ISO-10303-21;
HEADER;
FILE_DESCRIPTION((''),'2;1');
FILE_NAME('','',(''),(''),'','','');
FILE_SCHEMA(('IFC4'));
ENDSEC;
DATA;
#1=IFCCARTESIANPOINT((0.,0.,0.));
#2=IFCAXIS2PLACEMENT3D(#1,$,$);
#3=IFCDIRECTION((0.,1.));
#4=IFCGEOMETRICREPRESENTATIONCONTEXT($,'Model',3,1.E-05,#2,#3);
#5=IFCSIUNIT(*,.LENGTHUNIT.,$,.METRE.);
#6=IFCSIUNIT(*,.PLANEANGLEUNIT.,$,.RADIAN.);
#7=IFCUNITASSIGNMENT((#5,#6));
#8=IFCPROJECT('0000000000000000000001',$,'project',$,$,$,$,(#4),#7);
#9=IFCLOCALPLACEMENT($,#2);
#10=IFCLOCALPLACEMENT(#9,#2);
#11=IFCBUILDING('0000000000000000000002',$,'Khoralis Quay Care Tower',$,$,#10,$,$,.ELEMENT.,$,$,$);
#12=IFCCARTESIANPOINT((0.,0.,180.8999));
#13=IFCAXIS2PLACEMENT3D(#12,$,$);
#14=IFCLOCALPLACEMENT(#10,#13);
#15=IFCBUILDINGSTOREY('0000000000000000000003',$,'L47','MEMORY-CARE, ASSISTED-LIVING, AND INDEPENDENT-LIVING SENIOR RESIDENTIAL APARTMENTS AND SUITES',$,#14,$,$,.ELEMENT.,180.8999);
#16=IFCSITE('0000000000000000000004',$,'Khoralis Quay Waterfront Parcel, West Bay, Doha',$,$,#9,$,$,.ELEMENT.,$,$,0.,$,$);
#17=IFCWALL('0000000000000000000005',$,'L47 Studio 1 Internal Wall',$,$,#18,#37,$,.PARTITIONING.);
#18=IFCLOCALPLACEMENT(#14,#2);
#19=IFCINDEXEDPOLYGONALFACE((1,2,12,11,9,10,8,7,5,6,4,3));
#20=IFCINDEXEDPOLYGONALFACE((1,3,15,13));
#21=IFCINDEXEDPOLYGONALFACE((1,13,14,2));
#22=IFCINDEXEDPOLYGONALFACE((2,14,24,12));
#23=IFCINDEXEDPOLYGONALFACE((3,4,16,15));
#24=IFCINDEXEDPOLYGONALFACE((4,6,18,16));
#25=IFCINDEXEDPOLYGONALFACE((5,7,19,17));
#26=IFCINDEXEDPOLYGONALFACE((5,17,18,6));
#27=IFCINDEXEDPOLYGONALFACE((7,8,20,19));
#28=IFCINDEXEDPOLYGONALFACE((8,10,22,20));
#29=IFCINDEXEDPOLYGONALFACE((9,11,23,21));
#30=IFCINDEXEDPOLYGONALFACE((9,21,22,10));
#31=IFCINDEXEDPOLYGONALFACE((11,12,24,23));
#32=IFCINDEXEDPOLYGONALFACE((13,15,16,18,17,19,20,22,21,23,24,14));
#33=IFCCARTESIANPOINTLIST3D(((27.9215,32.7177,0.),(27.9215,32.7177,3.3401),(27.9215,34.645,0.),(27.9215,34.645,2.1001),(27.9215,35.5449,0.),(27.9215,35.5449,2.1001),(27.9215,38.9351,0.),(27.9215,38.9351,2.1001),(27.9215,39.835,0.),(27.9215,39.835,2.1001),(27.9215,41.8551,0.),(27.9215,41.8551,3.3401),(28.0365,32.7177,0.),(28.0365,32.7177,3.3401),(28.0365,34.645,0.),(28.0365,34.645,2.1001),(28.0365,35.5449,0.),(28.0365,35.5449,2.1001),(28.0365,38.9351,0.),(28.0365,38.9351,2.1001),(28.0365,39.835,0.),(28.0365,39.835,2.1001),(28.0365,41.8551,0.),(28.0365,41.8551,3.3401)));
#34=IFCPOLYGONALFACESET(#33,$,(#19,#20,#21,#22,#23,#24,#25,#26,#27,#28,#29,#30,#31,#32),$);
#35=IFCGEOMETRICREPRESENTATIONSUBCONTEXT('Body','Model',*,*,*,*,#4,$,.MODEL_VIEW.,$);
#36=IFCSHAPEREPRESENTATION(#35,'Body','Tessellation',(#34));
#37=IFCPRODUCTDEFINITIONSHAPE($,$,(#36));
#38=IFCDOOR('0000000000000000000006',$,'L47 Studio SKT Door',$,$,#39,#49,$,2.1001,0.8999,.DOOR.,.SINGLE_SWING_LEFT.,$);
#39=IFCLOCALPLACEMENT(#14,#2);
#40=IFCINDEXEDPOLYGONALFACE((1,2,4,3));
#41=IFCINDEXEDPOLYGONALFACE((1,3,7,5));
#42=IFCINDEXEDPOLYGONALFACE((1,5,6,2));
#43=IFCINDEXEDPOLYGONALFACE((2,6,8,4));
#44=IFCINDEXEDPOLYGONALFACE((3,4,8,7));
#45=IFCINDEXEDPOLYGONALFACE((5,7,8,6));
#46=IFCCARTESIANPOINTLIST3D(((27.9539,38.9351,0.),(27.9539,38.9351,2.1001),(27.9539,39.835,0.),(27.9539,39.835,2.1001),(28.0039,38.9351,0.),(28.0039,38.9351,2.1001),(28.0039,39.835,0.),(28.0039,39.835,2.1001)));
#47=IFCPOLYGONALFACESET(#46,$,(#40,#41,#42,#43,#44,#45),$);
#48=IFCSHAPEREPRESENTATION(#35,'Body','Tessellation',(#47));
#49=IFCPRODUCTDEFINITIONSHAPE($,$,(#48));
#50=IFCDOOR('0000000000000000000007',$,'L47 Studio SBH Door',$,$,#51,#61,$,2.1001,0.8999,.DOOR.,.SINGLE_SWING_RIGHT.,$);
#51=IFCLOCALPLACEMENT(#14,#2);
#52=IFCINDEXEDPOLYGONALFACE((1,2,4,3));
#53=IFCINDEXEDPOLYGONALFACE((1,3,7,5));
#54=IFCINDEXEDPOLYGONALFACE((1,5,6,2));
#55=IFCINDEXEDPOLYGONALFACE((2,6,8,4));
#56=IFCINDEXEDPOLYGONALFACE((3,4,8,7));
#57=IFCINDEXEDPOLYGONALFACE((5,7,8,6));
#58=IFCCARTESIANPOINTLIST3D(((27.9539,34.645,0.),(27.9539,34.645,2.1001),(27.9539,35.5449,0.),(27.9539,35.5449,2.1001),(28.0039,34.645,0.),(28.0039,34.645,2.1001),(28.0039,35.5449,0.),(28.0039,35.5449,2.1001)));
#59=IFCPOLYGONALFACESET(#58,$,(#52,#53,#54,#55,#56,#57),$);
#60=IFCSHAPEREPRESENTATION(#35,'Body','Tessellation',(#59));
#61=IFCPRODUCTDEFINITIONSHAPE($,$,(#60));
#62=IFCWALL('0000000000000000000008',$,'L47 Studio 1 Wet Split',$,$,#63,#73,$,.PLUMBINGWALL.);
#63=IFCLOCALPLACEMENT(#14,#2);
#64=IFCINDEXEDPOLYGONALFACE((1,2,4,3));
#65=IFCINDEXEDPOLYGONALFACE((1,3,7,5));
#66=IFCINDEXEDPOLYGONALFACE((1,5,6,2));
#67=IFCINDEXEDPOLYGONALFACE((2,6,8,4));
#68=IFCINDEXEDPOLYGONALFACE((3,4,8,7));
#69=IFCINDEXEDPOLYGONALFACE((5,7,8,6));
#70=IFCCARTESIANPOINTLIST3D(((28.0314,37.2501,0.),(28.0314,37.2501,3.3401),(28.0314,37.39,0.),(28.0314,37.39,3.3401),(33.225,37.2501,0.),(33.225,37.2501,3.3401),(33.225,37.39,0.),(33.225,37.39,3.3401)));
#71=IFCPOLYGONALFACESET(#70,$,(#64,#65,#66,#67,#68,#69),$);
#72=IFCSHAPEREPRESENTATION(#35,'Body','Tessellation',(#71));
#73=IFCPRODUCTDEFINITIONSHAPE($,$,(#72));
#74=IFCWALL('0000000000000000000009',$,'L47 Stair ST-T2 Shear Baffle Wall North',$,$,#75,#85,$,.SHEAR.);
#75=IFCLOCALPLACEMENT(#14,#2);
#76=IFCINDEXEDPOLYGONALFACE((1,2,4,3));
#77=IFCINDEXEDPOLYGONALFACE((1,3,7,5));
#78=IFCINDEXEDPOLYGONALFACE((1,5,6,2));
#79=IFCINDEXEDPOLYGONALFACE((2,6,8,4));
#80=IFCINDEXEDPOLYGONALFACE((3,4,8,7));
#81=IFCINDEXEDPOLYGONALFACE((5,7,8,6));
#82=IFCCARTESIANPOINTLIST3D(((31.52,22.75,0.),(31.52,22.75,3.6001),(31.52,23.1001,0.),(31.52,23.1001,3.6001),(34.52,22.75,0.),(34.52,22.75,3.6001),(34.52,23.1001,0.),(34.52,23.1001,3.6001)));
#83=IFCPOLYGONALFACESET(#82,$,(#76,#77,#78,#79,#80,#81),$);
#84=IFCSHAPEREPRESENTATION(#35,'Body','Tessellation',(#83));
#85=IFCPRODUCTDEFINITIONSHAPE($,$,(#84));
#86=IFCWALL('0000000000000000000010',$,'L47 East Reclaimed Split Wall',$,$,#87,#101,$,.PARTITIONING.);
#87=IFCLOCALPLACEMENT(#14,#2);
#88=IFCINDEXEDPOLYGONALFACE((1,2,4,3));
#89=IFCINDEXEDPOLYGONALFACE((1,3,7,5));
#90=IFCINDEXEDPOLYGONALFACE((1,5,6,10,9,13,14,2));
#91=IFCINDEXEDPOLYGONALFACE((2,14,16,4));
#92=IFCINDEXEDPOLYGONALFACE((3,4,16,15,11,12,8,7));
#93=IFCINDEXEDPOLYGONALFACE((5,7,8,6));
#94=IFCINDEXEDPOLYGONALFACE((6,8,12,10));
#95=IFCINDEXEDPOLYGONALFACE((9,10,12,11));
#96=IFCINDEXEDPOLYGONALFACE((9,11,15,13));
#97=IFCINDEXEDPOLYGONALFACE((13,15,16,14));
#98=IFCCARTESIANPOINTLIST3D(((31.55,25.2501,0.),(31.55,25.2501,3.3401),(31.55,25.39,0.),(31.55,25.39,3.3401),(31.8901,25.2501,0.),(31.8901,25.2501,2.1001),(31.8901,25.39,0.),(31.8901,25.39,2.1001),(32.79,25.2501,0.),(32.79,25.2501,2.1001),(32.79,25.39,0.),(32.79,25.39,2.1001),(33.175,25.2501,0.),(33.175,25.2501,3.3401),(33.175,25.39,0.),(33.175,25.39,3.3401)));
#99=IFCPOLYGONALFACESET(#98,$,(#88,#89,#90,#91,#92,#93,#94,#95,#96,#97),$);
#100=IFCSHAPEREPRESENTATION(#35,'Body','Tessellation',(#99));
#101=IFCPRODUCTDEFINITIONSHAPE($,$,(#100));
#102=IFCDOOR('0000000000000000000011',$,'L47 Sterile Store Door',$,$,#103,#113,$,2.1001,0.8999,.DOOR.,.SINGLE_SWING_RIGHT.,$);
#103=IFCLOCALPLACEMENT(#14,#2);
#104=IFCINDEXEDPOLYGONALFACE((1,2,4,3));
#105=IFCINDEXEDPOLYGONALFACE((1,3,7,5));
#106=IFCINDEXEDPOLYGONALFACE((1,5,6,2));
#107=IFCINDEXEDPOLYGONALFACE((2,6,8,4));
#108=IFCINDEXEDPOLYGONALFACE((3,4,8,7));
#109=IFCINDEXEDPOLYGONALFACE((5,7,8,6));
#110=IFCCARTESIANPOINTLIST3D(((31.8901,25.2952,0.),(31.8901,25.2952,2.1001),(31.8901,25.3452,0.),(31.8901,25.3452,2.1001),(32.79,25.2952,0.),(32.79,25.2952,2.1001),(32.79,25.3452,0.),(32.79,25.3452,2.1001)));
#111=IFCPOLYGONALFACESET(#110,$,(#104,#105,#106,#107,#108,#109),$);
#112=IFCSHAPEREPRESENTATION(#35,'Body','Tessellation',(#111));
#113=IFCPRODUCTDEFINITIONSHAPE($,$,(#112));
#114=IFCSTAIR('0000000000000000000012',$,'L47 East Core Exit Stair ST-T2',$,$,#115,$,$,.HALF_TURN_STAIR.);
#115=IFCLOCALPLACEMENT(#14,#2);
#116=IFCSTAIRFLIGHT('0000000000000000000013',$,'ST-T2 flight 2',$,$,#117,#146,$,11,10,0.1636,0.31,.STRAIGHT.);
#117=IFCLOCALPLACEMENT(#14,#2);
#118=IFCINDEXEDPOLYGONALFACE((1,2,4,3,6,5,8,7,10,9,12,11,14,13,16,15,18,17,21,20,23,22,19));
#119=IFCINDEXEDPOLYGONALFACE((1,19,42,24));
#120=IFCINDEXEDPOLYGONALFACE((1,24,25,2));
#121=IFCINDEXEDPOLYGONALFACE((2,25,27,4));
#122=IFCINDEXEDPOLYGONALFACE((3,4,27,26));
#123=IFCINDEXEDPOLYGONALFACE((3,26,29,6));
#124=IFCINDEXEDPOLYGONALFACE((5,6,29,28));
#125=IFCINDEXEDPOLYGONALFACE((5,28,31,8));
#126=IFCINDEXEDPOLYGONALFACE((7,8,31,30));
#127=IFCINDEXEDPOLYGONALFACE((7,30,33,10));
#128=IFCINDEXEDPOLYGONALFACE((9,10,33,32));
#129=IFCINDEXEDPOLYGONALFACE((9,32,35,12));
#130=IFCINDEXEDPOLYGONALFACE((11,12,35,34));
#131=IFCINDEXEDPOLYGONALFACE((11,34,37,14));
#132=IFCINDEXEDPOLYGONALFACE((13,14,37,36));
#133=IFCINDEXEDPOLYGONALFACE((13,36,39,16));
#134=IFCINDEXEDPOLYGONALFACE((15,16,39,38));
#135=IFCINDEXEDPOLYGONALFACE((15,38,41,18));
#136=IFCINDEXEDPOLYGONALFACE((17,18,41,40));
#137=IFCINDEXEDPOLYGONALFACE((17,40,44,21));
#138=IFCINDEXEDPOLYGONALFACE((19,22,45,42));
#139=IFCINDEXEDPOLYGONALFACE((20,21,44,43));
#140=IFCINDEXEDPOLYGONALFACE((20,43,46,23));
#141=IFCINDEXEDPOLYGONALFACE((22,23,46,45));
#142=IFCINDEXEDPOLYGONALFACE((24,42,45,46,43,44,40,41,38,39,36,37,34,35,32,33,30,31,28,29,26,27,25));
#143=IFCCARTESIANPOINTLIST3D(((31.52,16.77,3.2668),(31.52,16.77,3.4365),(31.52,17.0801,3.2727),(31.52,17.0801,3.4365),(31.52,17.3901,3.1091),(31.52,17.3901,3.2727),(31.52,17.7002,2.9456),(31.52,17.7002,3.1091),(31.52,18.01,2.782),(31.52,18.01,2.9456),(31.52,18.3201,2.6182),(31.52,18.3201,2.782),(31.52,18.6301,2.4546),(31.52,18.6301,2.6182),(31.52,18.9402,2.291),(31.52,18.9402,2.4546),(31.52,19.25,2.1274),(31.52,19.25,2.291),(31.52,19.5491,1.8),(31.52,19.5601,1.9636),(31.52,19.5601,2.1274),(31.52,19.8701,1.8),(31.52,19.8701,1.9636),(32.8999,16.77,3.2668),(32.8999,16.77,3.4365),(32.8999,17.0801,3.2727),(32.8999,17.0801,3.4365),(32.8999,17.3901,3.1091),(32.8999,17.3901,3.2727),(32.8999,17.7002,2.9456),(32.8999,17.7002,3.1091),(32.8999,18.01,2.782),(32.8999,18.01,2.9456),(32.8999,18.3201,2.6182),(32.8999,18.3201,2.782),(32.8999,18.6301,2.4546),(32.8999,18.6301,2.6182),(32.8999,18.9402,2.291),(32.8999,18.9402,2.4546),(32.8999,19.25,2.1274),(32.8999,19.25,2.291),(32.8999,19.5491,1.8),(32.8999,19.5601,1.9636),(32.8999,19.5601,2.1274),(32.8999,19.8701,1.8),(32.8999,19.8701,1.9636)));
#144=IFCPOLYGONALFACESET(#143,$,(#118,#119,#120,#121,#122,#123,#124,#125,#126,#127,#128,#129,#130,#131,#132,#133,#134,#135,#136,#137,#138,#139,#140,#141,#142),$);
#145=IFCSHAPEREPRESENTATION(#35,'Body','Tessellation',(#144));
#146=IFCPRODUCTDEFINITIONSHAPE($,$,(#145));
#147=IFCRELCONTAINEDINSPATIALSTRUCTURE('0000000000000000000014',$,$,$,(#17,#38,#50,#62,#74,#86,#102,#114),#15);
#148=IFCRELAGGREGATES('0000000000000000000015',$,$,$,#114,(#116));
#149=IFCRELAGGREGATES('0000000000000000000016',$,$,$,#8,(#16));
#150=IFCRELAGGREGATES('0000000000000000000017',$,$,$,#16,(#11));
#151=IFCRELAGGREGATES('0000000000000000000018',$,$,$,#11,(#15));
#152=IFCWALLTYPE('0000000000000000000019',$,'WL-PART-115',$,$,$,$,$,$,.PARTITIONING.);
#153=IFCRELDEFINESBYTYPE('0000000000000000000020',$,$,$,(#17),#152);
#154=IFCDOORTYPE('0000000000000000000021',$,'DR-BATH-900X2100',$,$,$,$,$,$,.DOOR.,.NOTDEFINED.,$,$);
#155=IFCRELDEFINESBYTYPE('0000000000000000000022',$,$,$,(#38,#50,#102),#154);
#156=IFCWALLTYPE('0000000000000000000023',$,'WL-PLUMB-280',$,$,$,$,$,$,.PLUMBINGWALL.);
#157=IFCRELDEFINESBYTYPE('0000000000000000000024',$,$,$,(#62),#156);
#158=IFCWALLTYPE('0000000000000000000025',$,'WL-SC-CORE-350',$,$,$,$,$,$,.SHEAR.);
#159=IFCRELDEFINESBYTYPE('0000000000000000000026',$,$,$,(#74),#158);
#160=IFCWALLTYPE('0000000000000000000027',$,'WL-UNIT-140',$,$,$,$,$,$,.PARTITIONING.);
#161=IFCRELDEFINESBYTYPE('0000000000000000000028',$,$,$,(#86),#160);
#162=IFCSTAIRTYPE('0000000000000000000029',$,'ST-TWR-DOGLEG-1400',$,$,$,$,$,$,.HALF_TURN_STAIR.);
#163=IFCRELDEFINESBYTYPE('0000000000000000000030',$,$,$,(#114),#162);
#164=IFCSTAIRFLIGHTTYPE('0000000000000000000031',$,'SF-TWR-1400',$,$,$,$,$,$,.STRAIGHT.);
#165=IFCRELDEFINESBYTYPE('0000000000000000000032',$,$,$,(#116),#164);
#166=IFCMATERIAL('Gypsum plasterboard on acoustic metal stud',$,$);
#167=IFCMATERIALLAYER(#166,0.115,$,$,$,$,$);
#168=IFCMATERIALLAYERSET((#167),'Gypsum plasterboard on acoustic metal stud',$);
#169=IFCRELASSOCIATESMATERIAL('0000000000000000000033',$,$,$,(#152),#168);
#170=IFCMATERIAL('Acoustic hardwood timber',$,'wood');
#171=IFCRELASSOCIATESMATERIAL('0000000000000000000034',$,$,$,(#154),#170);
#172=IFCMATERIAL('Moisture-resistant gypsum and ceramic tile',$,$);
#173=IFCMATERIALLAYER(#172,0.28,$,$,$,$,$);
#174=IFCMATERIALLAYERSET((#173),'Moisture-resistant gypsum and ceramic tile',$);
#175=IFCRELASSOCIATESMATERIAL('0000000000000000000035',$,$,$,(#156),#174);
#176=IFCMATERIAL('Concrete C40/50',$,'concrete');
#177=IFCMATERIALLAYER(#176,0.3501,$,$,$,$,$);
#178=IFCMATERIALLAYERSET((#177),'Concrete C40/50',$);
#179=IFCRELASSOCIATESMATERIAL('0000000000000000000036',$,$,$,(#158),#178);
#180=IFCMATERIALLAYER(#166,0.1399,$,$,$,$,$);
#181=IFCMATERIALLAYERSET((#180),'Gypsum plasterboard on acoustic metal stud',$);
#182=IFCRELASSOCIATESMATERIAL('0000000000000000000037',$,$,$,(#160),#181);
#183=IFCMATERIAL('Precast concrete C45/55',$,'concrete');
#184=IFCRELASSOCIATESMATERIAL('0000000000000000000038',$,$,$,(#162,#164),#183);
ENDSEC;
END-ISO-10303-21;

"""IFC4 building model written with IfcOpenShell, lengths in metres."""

from ifc_helpers import new_model, si_unit, direction, frame, frame_2d, origin, place, context, subcontext, project, spatial, polyline, rectangle, outline, extrude, source, transform, mapped, material, layer, layer_set, type_object, element, fill, aggregate, save


model = new_model("IFC4")

# Units and contexts
model_context = context("Model", 3, precision=1e-05, world=origin(), true_north=direction((0.0, 1.0)))
body_context = subcontext(model_context, "Body", "Model", "MODEL_VIEW")
ifc_project = project(units=[si_unit("LENGTHUNIT", "METRE"), si_unit("PLANEANGLEUNIT", "RADIAN")], contexts=[model_context])

# Site, building, storey
site_placement = place(None, origin())
site = spatial("IfcSite", under=ifc_project, at=site_placement, Name="Khoralis Quay Waterfront Parcel, West Bay, Doha", CompositionType="ELEMENT", RefElevation=0.0)
building_placement = place(site_placement, origin())
building = spatial("IfcBuilding", under=site, at=building_placement, Name="Khoralis Quay Care Tower", CompositionType="ELEMENT")
storey_placement = place(building_placement, frame((0.0, 0.0, 180.8999)))
storey = spatial("IfcBuildingStorey", under=building, at=storey_placement, Name="L47", Description="MEMORY-CARE, ASSISTED-LIVING, AND INDEPENDENT-LIVING SENIOR RESIDENTIAL APARTMENTS AND SUITES", CompositionType="ELEMENT", Elevation=180.8999)

# Shared definitions
ifc_material_1 = material(Name="Acoustic hardwood timber", Category="wood")

# Shared definitions
ifc_material_2 = material(Name="Gypsum plasterboard on acoustic metal stud")

# Wall, openings, doors
ifc_layer_1 = layer(ifc_material_2, 0.115)
ifc_layer_set_1 = layer_set([ifc_layer_1], Name="Gypsum plasterboard on acoustic metal stud")
wall_type_1 = type_object("IfcWallType", Name="WL-PART-115", PredefinedType="PARTITIONING", material=ifc_layer_set_1)
wall_1_placement = place(storey_placement, frame((27.979, 32.7175, 0.0), z_axis=(0.0, 0.0, 1.0), x_axis=(0.0, 1.0, 0.0)))
wall_1 = element("IfcWall", 1, at=wall_1_placement, inside=storey, type_object=wall_type_1, Name="L47 Studio 1 Internal Wall", PredefinedType="PARTITIONING", context=body_context, shape_type="SweptSolid", body=[
    extrude(rectangle(XDim=9.1375, YDim=0.115, at=frame_2d((4.5688, 0.0))), origin(), (0.0, 0.0, 1.0), 3.3401),
])
opening_1_placement = place(wall_1_placement, frame((6.2175, 0.0, 0.0)))
opening_1 = element("IfcOpeningElement", 2, at=opening_1_placement, cuts=wall_1, PredefinedType="OPENING", context=body_context, shape_type="SweptSolid", body=[
    extrude(rectangle(XDim=0.8999, YDim=2.1001, at=frame_2d((0.45, 1.05))), frame((0.0, 0.0674, 0.0), z_axis=(0.0, -1.0, 0.0), x_axis=(1.0, 0.0, 0.0)), (0.0, 0.0, 1.0), 0.135),
])
opening_2_placement = place(wall_1_placement, frame((1.9275, 0.0, 0.0)))
opening_2 = element("IfcOpeningElement", 3, at=opening_2_placement, cuts=wall_1, PredefinedType="OPENING", context=body_context, shape_type="SweptSolid", body=[
    extrude(rectangle(XDim=0.8999, YDim=2.1001, at=frame_2d((0.45, 1.05))), frame((0.0, 0.0674, 0.0), z_axis=(0.0, -1.0, 0.0), x_axis=(1.0, 0.0, 0.0)), (0.0, 0.0, 1.0), 0.135),
])
door_type_1 = type_object("IfcDoorType", Name="DR-BATH-900X2100", OperationType="NOTDEFINED", PredefinedType="DOOR", material=ifc_material_1)
shared_shape_1 = source(origin(), body_context, "Body", "SweptSolid", [
    extrude(rectangle(XDim=0.8999, YDim=2.1001, at=frame_2d((0.45, 1.05))), frame((0.0, 0.0249, 0.0), z_axis=(0.0, -1.0, 0.0), x_axis=(1.0, 0.0, 0.0)), (0.0, 0.0, 1.0), 0.05),
])
door_1_placement = place(opening_1_placement, frame((0.8999, 0.0, 0.0), z_axis=(0.0, 0.0, 1.0), x_axis=(-1.0, 0.0, 0.0)))
door_1 = element("IfcDoor", 4, at=door_1_placement, inside=storey, type_object=door_type_1, Name="L47 Studio SKT Door", OperationType="SINGLE_SWING_LEFT", OverallHeight=2.1001, OverallWidth=0.8999, PredefinedType="DOOR", context=body_context, shape_type="MappedRepresentation", body=[
    mapped(shared_shape_1, transform((0.0, 0.0, 0.0), scale=1.0)),
])
fill(opening_1, door_1)
door_2_placement = place(opening_2_placement, frame((0.8999, 0.0, 0.0), z_axis=(0.0, 0.0, 1.0), x_axis=(-1.0, 0.0, 0.0)))
door_2 = element("IfcDoor", 5, at=door_2_placement, inside=storey, type_object=door_type_1, Name="L47 Studio SBH Door", OperationType="SINGLE_SWING_RIGHT", OverallHeight=2.1001, OverallWidth=0.8999, PredefinedType="DOOR", context=body_context, shape_type="MappedRepresentation", body=[
    mapped(shared_shape_1, transform((0.0, 0.0, 0.0), scale=1.0)),
])
fill(opening_2, door_2)

# Walls
ifc_material_3 = material(Name="Moisture-resistant gypsum and ceramic tile")
ifc_layer_2 = layer(ifc_material_3, 0.28)
ifc_layer_set_2 = layer_set([ifc_layer_2], Name="Moisture-resistant gypsum and ceramic tile")
wall_type_2 = type_object("IfcWallType", Name="WL-PLUMB-280", PredefinedType="PLUMBINGWALL", material=ifc_layer_set_2)
wall_2_placement = place(storey_placement, frame((28.0315, 37.3201, 0.0), z_axis=(0.0, 0.0, 1.0), x_axis=(1.0, 0.0, 0.0)))
element("IfcWall", 6, at=wall_2_placement, inside=storey, type_object=wall_type_2, Name="L47 Studio 1 Wet Split", PredefinedType="PLUMBINGWALL", context=body_context, shape_type="SweptSolid", body=[
    extrude(rectangle(XDim=5.1936, YDim=0.1399, at=frame_2d((2.5967, 0.0))), origin(), (0.0, 0.0, 1.0), 3.3401),
])
ifc_material_4 = material(Name="Concrete C40/50", Category="concrete")
ifc_layer_3 = layer(ifc_material_4, 0.3501)
ifc_layer_set_3 = layer_set([ifc_layer_3], Name="Concrete C40/50")
wall_type_3 = type_object("IfcWallType", Name="WL-SC-CORE-350", PredefinedType="SHEAR", material=ifc_layer_set_3)
wall_3_placement = place(storey_placement, frame((31.52, 22.925, 0.0), z_axis=(0.0, 0.0, 1.0), x_axis=(1.0, 0.0, 0.0)))
element("IfcWall", 7, at=wall_3_placement, inside=storey, type_object=wall_type_3, Name="L47 Stair ST-T2 Shear Baffle Wall North", PredefinedType="SHEAR", context=body_context, shape_type="SweptSolid", body=[
    extrude(rectangle(XDim=3.0, YDim=0.3501, at=frame_2d((1.5, 0.0))), origin(), (0.0, 0.0, 1.0), 3.6001),
])

# Wall, opening, door
ifc_layer_4 = layer(ifc_material_2, 0.1399)
ifc_layer_set_4 = layer_set([ifc_layer_4], Name="Gypsum plasterboard on acoustic metal stud")
wall_type_4 = type_object("IfcWallType", Name="WL-UNIT-140", PredefinedType="PARTITIONING", material=ifc_layer_set_4)
wall_4_placement = place(storey_placement, frame((31.55, 25.3201, 0.0), z_axis=(0.0, 0.0, 1.0), x_axis=(1.0, 0.0, 0.0)))
wall_4 = element("IfcWall", 8, at=wall_4_placement, inside=storey, type_object=wall_type_4, Name="L47 East Reclaimed Split Wall", PredefinedType="PARTITIONING", context=body_context, shape_type="SweptSolid", body=[
    extrude(rectangle(XDim=1.625, YDim=0.1399, at=frame_2d((0.8125, 0.0))), origin(), (0.0, 0.0, 1.0), 3.3401),
])
opening_3_placement = place(wall_4_placement, frame((0.3401, 0.0, 0.0)))
opening_3 = element("IfcOpeningElement", 9, at=opening_3_placement, cuts=wall_4, PredefinedType="OPENING", context=body_context, shape_type="SweptSolid", body=[
    extrude(rectangle(XDim=0.8999, YDim=2.1001, at=frame_2d((0.45, 1.05))), frame((0.0, 0.0801, 0.0), z_axis=(0.0, -1.0, 0.0), x_axis=(1.0, 0.0, 0.0)), (0.0, 0.0, 1.0), 0.1599),
])
door_3_placement = place(opening_3_placement, frame((0.8999, 0.0, 0.0), z_axis=(0.0, 0.0, 1.0), x_axis=(-1.0, 0.0, 0.0)))
door_3 = element("IfcDoor", 10, at=door_3_placement, inside=storey, type_object=door_type_1, Name="L47 Sterile Store Door", OperationType="SINGLE_SWING_RIGHT", OverallHeight=2.1001, OverallWidth=0.8999, PredefinedType="DOOR", context=body_context, shape_type="MappedRepresentation", body=[
    mapped(shared_shape_1, transform((0.0, 0.0, 0.0), scale=1.0)),
])
fill(opening_3, door_3)

# Stair, stair flight
ifc_material_5 = material(Name="Precast concrete C45/55", Category="concrete")
stair_type = type_object("IfcStairType", Name="ST-TWR-DOGLEG-1400", PredefinedType="HALF_TURN_STAIR", material=ifc_material_5)
stair_placement = place(storey_placement, origin())
stair = element("IfcStair", 11, at=stair_placement, inside=storey, type_object=stair_type, Name="L47 East Core Exit Stair ST-T2", PredefinedType="HALF_TURN_STAIR")
stair_flight_type = type_object("IfcStairFlightType", Name="SF-TWR-1400", PredefinedType="STRAIGHT", material=ifc_material_5)
shared_shape_2 = source(origin(), body_context, "Body", "SweptSolid", [
    extrude(outline(polyline([(0.0, 0.0), (0.0, 0.1636), (0.3101, 0.1636), (0.3101, 0.3274), (0.6201, 0.3274), (0.6201, 0.491), (0.9299, 0.491), (0.9299, 0.6545), (1.24, 0.6545), (1.24, 0.8181), (1.55, 0.8181), (1.55, 0.9819), (1.8601, 0.9819), (1.8601, 1.1455), (2.1699, 1.1455), (2.1699, 1.3091), (2.48, 1.3091), (2.48, 1.4727), (2.79, 1.4727), (2.79, 1.6365), (3.1001, 1.6365), (3.1001, 1.8), (3.1001, 1.4668), (0.321, 0.0), (0.0, 0.0)])), frame((0.0, 0.6899, 0.0), z_axis=(0.0, -1.0, 0.0), x_axis=(1.0, 0.0, 0.0)), (0.0, 0.0, 1.0), 1.3799),
])
stair_flight_placement = place(storey_placement, frame((32.21, 19.8701, 1.8), z_axis=(0.0, 0.0, 1.0), x_axis=(0.0, -1.0, 0.0)))
stair_flight = element("IfcStairFlight", 12, at=stair_flight_placement, type_object=stair_flight_type, Name="ST-T2 flight 2", NumberOfRisers=11, NumberOfTreads=10, PredefinedType="STRAIGHT", RiserHeight=0.1636, TreadLength=0.31, context=body_context, shape_type="MappedRepresentation", body=[
    mapped(shared_shape_2, transform((0.0, 0.0, 0.0), scale=1.0)),
])
aggregate(stair, [stair_flight])

save(model, "model.ifc")
